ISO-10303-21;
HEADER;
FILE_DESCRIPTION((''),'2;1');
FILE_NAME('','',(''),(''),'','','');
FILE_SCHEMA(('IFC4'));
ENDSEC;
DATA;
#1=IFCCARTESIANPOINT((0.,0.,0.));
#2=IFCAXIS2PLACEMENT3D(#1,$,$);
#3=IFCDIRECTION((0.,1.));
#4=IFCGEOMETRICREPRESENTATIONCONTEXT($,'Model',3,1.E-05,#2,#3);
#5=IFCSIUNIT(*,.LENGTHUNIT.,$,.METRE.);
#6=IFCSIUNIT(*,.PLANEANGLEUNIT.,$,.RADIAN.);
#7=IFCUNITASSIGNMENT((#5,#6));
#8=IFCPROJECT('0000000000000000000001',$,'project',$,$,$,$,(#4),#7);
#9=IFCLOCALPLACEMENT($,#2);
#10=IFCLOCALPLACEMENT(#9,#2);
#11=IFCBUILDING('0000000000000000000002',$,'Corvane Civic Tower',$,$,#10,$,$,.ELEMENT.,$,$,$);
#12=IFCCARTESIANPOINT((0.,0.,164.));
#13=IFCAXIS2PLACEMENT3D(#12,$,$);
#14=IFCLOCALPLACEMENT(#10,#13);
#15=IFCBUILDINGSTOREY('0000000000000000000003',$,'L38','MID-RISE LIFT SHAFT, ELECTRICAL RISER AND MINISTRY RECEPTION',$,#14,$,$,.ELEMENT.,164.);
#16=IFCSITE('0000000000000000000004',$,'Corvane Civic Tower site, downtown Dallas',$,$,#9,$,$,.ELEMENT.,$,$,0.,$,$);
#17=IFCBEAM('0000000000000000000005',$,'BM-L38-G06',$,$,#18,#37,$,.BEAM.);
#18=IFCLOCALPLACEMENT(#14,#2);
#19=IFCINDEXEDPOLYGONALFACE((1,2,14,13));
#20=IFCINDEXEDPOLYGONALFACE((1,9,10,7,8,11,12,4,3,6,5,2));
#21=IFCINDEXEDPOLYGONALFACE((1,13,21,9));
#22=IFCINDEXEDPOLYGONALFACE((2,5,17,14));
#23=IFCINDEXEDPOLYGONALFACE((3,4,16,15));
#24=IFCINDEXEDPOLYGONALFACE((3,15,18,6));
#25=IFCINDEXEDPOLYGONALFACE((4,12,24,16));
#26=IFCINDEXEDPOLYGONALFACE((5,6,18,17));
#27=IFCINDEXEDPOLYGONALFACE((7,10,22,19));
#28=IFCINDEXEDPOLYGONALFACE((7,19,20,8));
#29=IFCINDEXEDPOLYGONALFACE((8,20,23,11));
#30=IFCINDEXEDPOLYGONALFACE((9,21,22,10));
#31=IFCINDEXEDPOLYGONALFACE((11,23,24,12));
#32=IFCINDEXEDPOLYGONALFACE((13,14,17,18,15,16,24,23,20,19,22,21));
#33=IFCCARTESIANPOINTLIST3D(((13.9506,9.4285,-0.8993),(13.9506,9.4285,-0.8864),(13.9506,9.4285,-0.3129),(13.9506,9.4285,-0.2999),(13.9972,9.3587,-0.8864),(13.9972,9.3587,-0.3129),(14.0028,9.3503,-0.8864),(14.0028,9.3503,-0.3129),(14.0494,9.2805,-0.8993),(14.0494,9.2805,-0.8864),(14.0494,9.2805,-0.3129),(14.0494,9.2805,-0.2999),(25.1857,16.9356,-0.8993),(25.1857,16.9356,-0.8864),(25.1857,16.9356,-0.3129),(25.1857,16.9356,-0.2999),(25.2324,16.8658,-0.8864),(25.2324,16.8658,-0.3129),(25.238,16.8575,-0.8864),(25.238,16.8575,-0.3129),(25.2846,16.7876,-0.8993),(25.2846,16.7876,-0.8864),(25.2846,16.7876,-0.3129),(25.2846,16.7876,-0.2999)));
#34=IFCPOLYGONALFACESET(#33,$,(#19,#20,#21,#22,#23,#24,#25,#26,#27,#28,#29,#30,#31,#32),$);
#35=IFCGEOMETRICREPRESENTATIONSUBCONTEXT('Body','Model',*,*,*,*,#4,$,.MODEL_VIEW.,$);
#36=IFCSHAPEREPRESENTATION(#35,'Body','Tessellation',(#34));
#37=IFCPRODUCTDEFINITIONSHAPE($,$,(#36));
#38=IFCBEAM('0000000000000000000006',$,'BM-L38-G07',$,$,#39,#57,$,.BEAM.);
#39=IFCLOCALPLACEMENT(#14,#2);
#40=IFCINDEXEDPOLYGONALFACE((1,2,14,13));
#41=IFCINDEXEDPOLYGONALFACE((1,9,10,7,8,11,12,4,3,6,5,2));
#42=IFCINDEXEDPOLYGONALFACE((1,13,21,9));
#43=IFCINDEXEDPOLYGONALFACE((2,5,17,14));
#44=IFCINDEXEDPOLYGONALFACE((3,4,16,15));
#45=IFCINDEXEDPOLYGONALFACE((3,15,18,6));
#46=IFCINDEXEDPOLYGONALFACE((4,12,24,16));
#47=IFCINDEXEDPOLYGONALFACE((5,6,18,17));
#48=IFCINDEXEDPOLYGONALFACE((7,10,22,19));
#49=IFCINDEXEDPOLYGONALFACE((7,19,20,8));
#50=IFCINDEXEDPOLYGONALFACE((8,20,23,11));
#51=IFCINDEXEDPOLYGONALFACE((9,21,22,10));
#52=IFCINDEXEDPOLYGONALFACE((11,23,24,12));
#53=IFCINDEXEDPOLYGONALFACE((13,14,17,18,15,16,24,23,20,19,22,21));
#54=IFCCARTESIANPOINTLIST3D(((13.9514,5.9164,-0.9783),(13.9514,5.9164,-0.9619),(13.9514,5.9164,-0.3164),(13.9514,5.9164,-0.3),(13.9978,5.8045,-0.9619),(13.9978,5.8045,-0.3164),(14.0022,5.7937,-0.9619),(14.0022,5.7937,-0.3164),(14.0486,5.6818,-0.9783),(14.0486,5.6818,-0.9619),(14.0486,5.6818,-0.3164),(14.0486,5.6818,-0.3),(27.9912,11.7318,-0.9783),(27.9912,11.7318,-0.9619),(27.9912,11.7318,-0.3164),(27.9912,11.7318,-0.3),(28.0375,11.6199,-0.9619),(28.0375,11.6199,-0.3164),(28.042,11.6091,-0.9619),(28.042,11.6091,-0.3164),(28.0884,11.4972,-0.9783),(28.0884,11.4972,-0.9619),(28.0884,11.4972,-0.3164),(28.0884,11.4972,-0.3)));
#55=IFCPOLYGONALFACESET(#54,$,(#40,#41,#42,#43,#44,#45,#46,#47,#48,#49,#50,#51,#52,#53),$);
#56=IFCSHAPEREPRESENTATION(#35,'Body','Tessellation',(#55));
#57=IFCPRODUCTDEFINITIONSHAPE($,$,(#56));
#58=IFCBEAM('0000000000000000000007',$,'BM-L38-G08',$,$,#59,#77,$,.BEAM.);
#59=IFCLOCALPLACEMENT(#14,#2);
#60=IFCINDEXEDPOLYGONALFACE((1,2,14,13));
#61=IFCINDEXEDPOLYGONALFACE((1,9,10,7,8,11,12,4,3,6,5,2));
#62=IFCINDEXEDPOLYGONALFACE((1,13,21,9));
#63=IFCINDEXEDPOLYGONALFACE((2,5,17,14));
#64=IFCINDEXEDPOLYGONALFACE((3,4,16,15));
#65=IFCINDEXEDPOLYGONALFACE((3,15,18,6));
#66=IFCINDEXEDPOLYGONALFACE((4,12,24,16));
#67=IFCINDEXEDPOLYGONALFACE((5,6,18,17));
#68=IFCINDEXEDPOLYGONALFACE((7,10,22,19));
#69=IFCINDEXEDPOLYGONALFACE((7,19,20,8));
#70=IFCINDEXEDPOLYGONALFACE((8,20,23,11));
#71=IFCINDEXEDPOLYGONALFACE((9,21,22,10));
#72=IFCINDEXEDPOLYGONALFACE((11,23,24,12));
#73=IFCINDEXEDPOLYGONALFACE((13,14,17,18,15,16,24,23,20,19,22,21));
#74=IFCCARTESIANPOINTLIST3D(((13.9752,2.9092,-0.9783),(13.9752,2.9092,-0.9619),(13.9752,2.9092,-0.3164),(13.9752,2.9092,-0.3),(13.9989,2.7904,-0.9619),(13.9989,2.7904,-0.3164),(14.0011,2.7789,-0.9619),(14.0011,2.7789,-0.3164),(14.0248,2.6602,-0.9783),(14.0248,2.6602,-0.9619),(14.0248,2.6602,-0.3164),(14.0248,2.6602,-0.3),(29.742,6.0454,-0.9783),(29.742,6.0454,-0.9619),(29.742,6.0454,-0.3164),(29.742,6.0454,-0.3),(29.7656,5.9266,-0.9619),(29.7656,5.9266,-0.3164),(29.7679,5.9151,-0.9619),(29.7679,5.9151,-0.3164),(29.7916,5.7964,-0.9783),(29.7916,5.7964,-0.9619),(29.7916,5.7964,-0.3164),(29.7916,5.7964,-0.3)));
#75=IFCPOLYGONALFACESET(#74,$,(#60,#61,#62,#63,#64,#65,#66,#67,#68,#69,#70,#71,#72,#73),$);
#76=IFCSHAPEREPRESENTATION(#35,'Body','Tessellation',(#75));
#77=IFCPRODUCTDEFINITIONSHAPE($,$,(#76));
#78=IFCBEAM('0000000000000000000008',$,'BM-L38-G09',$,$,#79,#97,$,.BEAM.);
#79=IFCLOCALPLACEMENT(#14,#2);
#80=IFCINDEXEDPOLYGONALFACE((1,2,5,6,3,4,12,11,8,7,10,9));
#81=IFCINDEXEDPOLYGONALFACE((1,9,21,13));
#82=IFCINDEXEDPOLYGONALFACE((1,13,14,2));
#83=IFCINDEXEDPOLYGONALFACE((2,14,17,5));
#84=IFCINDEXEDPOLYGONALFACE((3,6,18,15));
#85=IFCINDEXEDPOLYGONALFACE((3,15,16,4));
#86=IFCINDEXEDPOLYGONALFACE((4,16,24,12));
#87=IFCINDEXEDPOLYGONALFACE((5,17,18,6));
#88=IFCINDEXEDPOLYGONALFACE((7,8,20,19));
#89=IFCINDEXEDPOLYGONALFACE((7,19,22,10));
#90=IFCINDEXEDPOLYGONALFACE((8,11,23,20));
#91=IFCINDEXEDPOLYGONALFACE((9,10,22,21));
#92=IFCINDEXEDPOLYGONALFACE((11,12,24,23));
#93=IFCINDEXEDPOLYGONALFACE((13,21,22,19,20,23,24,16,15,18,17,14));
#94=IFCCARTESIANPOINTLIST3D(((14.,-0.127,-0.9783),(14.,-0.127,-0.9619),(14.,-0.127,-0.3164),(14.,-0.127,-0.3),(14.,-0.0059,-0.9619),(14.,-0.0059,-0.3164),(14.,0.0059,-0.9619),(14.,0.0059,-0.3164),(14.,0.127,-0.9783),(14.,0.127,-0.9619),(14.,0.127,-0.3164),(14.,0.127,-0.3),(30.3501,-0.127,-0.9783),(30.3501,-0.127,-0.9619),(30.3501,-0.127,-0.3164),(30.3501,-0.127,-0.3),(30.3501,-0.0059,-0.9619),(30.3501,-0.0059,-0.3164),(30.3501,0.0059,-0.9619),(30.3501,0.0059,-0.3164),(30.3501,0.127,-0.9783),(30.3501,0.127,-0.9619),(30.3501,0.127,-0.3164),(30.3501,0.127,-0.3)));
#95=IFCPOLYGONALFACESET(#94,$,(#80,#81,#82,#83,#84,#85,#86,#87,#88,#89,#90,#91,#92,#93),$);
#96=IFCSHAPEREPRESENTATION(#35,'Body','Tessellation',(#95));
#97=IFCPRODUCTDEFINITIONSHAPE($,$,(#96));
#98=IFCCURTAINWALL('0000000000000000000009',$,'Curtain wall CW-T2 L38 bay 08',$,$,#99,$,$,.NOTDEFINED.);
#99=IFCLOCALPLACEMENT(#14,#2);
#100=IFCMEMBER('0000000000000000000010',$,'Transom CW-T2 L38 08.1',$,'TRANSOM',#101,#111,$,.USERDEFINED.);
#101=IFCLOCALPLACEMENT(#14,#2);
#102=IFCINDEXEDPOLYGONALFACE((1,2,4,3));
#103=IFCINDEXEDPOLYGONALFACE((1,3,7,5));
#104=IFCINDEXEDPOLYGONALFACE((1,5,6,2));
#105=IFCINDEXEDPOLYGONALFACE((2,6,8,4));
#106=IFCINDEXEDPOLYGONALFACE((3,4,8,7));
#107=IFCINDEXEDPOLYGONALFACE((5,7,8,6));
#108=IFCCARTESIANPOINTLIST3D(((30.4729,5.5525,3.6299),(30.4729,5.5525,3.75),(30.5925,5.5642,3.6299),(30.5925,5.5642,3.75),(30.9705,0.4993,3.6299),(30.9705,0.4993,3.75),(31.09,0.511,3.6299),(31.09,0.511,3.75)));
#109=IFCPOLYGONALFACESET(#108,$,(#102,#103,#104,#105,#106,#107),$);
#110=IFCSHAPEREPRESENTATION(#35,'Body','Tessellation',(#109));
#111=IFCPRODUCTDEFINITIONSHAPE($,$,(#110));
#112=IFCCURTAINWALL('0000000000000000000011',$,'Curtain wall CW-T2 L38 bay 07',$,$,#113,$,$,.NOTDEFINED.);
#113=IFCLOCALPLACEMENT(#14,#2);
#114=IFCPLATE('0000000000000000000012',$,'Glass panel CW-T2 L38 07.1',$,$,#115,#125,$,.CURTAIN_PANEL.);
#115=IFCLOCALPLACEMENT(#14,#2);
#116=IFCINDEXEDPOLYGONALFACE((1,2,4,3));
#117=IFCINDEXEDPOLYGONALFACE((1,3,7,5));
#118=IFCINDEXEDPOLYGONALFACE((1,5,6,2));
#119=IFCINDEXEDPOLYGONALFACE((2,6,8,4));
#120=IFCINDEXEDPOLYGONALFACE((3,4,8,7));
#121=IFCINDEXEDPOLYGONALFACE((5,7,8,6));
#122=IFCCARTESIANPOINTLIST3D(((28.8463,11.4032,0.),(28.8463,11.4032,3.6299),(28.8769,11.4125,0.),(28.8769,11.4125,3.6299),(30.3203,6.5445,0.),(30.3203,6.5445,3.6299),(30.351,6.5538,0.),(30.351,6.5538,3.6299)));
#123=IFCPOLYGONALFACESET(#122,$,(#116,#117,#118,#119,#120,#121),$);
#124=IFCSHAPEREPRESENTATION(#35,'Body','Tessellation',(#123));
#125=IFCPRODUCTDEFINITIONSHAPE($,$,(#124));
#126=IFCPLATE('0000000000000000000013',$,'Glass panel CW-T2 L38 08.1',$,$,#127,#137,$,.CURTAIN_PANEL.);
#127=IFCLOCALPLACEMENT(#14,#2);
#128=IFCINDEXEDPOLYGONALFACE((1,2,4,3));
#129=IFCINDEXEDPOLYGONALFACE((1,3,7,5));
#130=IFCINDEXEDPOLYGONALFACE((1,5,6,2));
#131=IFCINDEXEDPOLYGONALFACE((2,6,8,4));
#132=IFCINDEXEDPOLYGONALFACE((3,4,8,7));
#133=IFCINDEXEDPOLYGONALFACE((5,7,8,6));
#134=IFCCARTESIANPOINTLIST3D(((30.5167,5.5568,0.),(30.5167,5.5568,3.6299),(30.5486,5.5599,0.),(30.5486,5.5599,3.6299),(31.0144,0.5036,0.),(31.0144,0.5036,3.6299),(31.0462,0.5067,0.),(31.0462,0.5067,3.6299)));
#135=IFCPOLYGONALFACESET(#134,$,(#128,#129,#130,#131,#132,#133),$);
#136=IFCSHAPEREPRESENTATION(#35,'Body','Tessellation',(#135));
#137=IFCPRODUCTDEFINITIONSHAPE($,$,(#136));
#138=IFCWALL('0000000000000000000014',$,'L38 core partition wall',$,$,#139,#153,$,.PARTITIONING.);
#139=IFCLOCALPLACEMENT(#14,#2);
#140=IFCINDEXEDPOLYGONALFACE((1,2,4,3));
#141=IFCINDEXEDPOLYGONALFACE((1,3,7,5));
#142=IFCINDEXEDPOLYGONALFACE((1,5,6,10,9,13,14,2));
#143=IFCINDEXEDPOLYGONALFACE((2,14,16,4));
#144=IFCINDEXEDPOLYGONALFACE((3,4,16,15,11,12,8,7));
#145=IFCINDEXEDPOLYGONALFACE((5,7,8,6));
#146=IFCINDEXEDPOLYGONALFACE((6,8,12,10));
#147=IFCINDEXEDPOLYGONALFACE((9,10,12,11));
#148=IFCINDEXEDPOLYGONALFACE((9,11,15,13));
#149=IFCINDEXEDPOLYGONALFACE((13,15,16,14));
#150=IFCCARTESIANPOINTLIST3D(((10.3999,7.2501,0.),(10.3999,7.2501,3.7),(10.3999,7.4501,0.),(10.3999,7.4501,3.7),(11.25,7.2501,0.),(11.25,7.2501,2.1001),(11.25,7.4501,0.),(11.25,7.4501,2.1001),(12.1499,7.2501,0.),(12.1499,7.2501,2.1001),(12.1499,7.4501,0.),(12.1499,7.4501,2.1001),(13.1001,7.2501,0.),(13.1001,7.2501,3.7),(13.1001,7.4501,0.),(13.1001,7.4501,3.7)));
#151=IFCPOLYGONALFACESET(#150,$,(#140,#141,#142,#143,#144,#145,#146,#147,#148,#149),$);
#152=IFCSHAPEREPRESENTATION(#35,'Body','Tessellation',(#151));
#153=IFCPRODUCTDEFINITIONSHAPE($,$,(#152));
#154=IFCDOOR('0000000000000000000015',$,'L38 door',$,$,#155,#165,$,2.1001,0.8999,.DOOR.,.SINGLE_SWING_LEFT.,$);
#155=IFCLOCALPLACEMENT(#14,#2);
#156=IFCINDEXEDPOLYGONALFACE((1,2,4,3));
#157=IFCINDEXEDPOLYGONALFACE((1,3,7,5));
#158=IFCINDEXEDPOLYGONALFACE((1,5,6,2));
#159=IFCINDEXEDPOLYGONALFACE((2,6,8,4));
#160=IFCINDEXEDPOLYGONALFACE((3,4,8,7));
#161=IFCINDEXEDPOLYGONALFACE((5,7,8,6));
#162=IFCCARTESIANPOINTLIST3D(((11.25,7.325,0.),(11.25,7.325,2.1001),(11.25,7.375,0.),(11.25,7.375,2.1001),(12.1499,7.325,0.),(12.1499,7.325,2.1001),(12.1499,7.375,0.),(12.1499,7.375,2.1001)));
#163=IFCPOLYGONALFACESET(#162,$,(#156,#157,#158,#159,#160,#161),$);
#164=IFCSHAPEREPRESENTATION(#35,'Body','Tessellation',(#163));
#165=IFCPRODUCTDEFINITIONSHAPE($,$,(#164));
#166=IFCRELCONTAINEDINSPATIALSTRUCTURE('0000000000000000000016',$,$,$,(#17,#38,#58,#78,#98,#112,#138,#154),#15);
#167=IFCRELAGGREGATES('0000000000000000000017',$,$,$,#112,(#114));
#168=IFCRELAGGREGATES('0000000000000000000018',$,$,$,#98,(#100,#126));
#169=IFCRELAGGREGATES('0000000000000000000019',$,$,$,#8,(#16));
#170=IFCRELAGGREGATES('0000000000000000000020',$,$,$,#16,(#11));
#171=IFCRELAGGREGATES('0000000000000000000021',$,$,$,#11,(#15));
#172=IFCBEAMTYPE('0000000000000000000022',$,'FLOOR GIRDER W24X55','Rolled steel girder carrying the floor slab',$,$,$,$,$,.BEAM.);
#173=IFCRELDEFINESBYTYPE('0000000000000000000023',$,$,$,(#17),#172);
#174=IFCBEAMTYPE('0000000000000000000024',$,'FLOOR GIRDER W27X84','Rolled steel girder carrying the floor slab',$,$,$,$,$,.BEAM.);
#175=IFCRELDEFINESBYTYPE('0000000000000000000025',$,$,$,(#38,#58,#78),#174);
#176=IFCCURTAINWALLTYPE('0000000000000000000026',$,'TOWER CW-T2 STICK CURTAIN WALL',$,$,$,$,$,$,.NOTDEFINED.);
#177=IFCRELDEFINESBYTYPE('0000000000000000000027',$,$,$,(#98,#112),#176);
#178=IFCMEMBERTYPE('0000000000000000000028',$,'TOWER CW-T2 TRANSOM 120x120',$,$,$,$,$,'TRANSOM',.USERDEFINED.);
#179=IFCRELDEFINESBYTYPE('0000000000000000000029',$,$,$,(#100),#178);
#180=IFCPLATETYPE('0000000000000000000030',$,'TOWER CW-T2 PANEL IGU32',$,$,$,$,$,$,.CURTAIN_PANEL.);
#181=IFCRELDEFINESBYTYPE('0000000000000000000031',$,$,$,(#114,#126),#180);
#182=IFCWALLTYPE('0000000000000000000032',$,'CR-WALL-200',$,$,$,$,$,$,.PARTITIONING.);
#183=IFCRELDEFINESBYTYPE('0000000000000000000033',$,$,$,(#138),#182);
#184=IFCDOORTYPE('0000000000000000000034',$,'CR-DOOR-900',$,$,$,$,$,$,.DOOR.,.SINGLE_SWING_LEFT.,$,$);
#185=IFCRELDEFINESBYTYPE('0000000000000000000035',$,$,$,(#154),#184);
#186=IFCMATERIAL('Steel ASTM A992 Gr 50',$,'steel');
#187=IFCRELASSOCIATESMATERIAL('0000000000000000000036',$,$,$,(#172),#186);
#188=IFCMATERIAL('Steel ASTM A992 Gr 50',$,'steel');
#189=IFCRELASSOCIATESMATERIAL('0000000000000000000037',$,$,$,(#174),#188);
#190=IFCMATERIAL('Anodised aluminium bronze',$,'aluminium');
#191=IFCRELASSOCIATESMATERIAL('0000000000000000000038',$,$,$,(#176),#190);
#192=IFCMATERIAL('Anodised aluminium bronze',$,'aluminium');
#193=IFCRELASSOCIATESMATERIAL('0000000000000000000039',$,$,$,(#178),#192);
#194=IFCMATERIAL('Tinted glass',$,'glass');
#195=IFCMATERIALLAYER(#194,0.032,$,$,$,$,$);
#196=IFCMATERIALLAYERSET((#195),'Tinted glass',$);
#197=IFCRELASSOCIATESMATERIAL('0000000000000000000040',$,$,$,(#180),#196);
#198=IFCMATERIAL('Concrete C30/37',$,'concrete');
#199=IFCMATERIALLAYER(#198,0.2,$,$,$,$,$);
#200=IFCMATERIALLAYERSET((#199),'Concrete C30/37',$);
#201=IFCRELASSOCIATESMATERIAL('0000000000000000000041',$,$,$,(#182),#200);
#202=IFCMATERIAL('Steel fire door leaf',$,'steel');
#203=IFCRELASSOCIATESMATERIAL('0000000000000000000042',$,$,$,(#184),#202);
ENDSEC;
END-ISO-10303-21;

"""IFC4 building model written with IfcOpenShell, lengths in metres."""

from ifc_helpers import new_model, si_unit, direction, frame, frame_2d, origin, origin_2d, place, context, subcontext, project, spatial, rectangle, i_section, extrude, material, layer, layer_set, material_profile, profile_set, type_object, element, fill, aggregate, save


model = new_model("IFC4")

# Units and contexts
model_context = context("Model", 3, precision=1e-05, world=origin(), true_north=direction((0.0, 1.0)))
body_context = subcontext(model_context, "Body", "Model", "MODEL_VIEW")
ifc_project = project(units=[si_unit("LENGTHUNIT", "METRE"), si_unit("PLANEANGLEUNIT", "RADIAN")], contexts=[model_context])

# Site, building, storey
site_placement = place(None, origin())
site = spatial("IfcSite", under=ifc_project, at=site_placement, Name="Corvane Civic Tower site, downtown Dallas", CompositionType="ELEMENT", RefElevation=0.0)
building_placement = place(site_placement, origin())
building = spatial("IfcBuilding", under=site, at=building_placement, Name="Corvane Civic Tower", CompositionType="ELEMENT")
storey_placement = place(building_placement, frame((0.0, 0.0, 164.0)))
storey = spatial("IfcBuildingStorey", under=building, at=storey_placement, Name="L38", Description="MID-RISE LIFT SHAFT, ELECTRICAL RISER AND MINISTRY RECEPTION", CompositionType="ELEMENT", Elevation=164.0)

# Beams
ifc_material_1 = material(Name="Steel ASTM A992 Gr 50", Category="steel")
ifc_material_profile_1 = material_profile(ifc_material_1, i_section(OverallWidth=0.178, OverallDepth=0.5994, WebThickness=0.01, FlangeThickness=0.0129, at=origin_2d()), Name="W24X55")
ifc_profile_set_1 = profile_set([ifc_material_profile_1], Name="Steel ASTM A992 Gr 50")
beam_type_1 = type_object("IfcBeamType", Name="FLOOR GIRDER W24X55", Description="Rolled steel girder carrying the floor slab", PredefinedType="BEAM", material=ifc_profile_set_1)
beam_1_placement = place(storey_placement, frame((14.0, 9.3545, -0.5996), z_axis=(0.831469, 0.555571, 0.0), x_axis=(-0.555571, 0.831469, 0.0)))
element("IfcBeam", 1, at=beam_1_placement, inside=storey, type_object=beam_type_1, Name="BM-L38-G06", PredefinedType="BEAM", context=body_context, shape_type="SweptSolid", body=[
    extrude(i_section(OverallWidth=0.178, OverallDepth=0.5994, WebThickness=0.01, FlangeThickness=0.0129, at=origin_2d()), origin(), (0.0, 0.0, 1.0), 13.5125),
])
ifc_material_2 = material(Name="Steel ASTM A992 Gr 50", Category="steel")
ifc_material_profile_2 = material_profile(ifc_material_2, i_section(OverallWidth=0.2539, OverallDepth=0.6782, WebThickness=0.0117, FlangeThickness=0.0164, at=origin_2d()), Name="W27X84")
ifc_profile_set_2 = profile_set([ifc_material_profile_2], Name="Steel ASTM A992 Gr 50")
beam_type_2 = type_object("IfcBeamType", Name="FLOOR GIRDER W27X84", Description="Rolled steel girder carrying the floor slab", PredefinedType="BEAM", material=ifc_profile_set_2)
beam_2_placement = place(storey_placement, frame((14.0, 5.7991, -0.6392), z_axis=(0.923881, 0.382681, 0.0), x_axis=(-0.382681, 0.923881, 0.0)))
element("IfcBeam", 2, at=beam_2_placement, inside=storey, type_object=beam_type_2, Name="BM-L38-G07", PredefinedType="BEAM", context=body_context, shape_type="SweptSolid", body=[
    extrude(i_section(OverallWidth=0.2539, OverallDepth=0.6782, WebThickness=0.0117, FlangeThickness=0.0164, at=origin_2d()), origin(), (0.0, 0.0, 1.0), 15.1965),
])
beam_3_placement = place(storey_placement, frame((14.0, 2.7847, -0.6392), z_axis=(0.980785, 0.195091, 0.0), x_axis=(-0.195091, 0.980785, 0.0)))
element("IfcBeam", 3, at=beam_3_placement, inside=storey, type_object=beam_type_2, Name="BM-L38-G08", PredefinedType="BEAM", context=body_context, shape_type="SweptSolid", body=[
    extrude(i_section(OverallWidth=0.2539, OverallDepth=0.6782, WebThickness=0.0117, FlangeThickness=0.0164, at=origin_2d()), origin(), (0.0, 0.0, 1.0), 16.0757),
])
beam_4_placement = place(storey_placement, frame((14.0, 0.0, -0.6392), z_axis=(1.0, 0.0, 0.0), x_axis=(0.0, 1.0, 0.0)))
element("IfcBeam", 4, at=beam_4_placement, inside=storey, type_object=beam_type_2, Name="BM-L38-G09", PredefinedType="BEAM", context=body_context, shape_type="SweptSolid", body=[
    extrude(i_section(OverallWidth=0.2539, OverallDepth=0.6782, WebThickness=0.0117, FlangeThickness=0.0164, at=origin_2d()), origin(), (0.0, 0.0, 1.0), 16.3501),
])

# Curtain wall, member
ifc_material_3 = material(Name="Anodised aluminium bronze", Category="aluminium")
curtain_wall_type = type_object("IfcCurtainWallType", Name="TOWER CW-T2 STICK CURTAIN WALL", PredefinedType="NOTDEFINED", material=ifc_material_3)
curtain_wall_1_placement = place(storey_placement, origin())
curtain_wall_1 = element("IfcCurtainWall", 5, at=curtain_wall_1_placement, inside=storey, type_object=curtain_wall_type, Name="Curtain wall CW-T2 L38 bay 08", PredefinedType="NOTDEFINED")
ifc_material_4 = material(Name="Anodised aluminium bronze", Category="aluminium")
ifc_material_profile_3 = material_profile(ifc_material_4, rectangle(XDim=0.1201, YDim=0.1201, at=origin_2d()), Name="TOWER CW-T2 TRANSOM 120x120")
ifc_profile_set_3 = profile_set([ifc_material_profile_3], Name="Anodised aluminium bronze")
member_type = type_object("IfcMemberType", Name="TOWER CW-T2 TRANSOM 120x120", ElementType="TRANSOM", PredefinedType="USERDEFINED", material=ifc_profile_set_3)
member_placement = place(storey_placement, frame((30.5327, 5.5583, 3.6899), z_axis=(0.09799, -0.995187, 0.0), x_axis=(0.995187, 0.09799, 0.0)))
member = element("IfcMember", 6, at=member_placement, type_object=member_type, Name="Transom CW-T2 L38 08.1", ObjectType="TRANSOM", PredefinedType="USERDEFINED", context=body_context, shape_type="SweptSolid", body=[
    extrude(rectangle(XDim=0.1201, YDim=0.1201, at=origin_2d()), origin(), (0.0, 0.0, 1.0), 5.0776),
])

# Curtain wall, plate
curtain_wall_2_placement = place(storey_placement, origin())
curtain_wall_2 = element("IfcCurtainWall", 7, at=curtain_wall_2_placement, inside=storey, type_object=curtain_wall_type, Name="Curtain wall CW-T2 L38 bay 07", PredefinedType="NOTDEFINED")
ifc_material_5 = material(Name="Tinted glass", Category="glass")
ifc_layer_1 = layer(ifc_material_5, 0.032)
ifc_layer_set_1 = layer_set([ifc_layer_1], Name="Tinted glass")
plate_type = type_object("IfcPlateType", Name="TOWER CW-T2 PANEL IGU32", PredefinedType="CURTAIN_PANEL", material=ifc_layer_set_1)
plate_1_placement = place(storey_placement, frame((29.5986, 8.9785, 0.0), z_axis=(0.0, 0.0, 1.0), x_axis=(0.290313, -0.956932, 0.0)))
plate_1 = element("IfcPlate", 8, at=plate_1_placement, type_object=plate_type, Name="Glass panel CW-T2 L38 07.1", PredefinedType="CURTAIN_PANEL", context=body_context, shape_type="SweptSolid", body=[
    extrude(rectangle(XDim=5.0774, YDim=0.032, at=origin_2d()), origin(), (0.0, 0.0, 1.0), 3.6299),
])
aggregate(curtain_wall_2, [plate_1])

# Plate
plate_2_placement = place(storey_placement, frame((30.7815, 3.0317, 0.0), z_axis=(0.0, 0.0, 1.0), x_axis=(0.098012, -0.995185, 0.0)))
plate_2 = element("IfcPlate", 9, at=plate_2_placement, type_object=plate_type, Name="Glass panel CW-T2 L38 08.1", PredefinedType="CURTAIN_PANEL", context=body_context, shape_type="SweptSolid", body=[
    extrude(rectangle(XDim=5.0776, YDim=0.032, at=origin_2d()), origin(), (0.0, 0.0, 1.0), 3.6299),
])
aggregate(curtain_wall_1, [member, plate_2])

# Wall, opening, door
ifc_material_6 = material(Name="Concrete C30/37", Category="concrete")
ifc_layer_2 = layer(ifc_material_6, 0.2)
ifc_layer_set_2 = layer_set([ifc_layer_2], Name="Concrete C30/37")
wall_type_1 = type_object("IfcWallType", Name="CR-WALL-200", PredefinedType="PARTITIONING", material=ifc_layer_set_2)
wall_1_placement = place(storey_placement, frame((10.3999, 7.3501, 0.0), z_axis=(0.0, 0.0, 1.0), x_axis=(1.0, 0.0, 0.0)))
wall_1 = element("IfcWall", 10, at=wall_1_placement, inside=storey, type_object=wall_type_1, Name="L38 core partition wall", PredefinedType="PARTITIONING", context=body_context, shape_type="SweptSolid", body=[
    extrude(rectangle(XDim=2.7002, YDim=0.2, at=frame_2d((1.3501, 0.0))), origin(), (0.0, 0.0, 1.0), 3.7),
])
opening_1_placement = place(wall_1_placement, frame((0.8501, 0.0, 0.0)))
opening_1 = element("IfcOpeningElement", 11, at=opening_1_placement, cuts=wall_1, PredefinedType="OPENING", context=body_context, shape_type="SweptSolid", body=[
    extrude(rectangle(XDim=0.8999, YDim=2.1001, at=frame_2d((0.45, 1.05))), frame((0.0, 0.1099, 0.0), z_axis=(0.0, -1.0, 0.0), x_axis=(1.0, 0.0, 0.0)), (0.0, 0.0, 1.0), 0.22),
])
ifc_material_7 = material(Name="Steel fire door leaf", Category="steel")
door_type_1 = type_object("IfcDoorType", Name="CR-DOOR-900", OperationType="SINGLE_SWING_LEFT", PredefinedType="DOOR", material=ifc_material_7)
door_1_placement = place(opening_1_placement, origin())
door_1 = element("IfcDoor", 12, at=door_1_placement, inside=storey, type_object=door_type_1, Name="L38 door", OperationType="SINGLE_SWING_LEFT", OverallHeight=2.1001, OverallWidth=0.8999, PredefinedType="DOOR", context=body_context, shape_type="SweptSolid", body=[
    extrude(rectangle(XDim=0.8999, YDim=2.1001, at=frame_2d((0.45, 1.05))), frame((0.0, 0.0249, 0.0), z_axis=(0.0, -1.0, 0.0), x_axis=(1.0, 0.0, 0.0)), (0.0, 0.0, 1.0), 0.05),
])
fill(opening_1, door_1)

save(model, "model.ifc")
